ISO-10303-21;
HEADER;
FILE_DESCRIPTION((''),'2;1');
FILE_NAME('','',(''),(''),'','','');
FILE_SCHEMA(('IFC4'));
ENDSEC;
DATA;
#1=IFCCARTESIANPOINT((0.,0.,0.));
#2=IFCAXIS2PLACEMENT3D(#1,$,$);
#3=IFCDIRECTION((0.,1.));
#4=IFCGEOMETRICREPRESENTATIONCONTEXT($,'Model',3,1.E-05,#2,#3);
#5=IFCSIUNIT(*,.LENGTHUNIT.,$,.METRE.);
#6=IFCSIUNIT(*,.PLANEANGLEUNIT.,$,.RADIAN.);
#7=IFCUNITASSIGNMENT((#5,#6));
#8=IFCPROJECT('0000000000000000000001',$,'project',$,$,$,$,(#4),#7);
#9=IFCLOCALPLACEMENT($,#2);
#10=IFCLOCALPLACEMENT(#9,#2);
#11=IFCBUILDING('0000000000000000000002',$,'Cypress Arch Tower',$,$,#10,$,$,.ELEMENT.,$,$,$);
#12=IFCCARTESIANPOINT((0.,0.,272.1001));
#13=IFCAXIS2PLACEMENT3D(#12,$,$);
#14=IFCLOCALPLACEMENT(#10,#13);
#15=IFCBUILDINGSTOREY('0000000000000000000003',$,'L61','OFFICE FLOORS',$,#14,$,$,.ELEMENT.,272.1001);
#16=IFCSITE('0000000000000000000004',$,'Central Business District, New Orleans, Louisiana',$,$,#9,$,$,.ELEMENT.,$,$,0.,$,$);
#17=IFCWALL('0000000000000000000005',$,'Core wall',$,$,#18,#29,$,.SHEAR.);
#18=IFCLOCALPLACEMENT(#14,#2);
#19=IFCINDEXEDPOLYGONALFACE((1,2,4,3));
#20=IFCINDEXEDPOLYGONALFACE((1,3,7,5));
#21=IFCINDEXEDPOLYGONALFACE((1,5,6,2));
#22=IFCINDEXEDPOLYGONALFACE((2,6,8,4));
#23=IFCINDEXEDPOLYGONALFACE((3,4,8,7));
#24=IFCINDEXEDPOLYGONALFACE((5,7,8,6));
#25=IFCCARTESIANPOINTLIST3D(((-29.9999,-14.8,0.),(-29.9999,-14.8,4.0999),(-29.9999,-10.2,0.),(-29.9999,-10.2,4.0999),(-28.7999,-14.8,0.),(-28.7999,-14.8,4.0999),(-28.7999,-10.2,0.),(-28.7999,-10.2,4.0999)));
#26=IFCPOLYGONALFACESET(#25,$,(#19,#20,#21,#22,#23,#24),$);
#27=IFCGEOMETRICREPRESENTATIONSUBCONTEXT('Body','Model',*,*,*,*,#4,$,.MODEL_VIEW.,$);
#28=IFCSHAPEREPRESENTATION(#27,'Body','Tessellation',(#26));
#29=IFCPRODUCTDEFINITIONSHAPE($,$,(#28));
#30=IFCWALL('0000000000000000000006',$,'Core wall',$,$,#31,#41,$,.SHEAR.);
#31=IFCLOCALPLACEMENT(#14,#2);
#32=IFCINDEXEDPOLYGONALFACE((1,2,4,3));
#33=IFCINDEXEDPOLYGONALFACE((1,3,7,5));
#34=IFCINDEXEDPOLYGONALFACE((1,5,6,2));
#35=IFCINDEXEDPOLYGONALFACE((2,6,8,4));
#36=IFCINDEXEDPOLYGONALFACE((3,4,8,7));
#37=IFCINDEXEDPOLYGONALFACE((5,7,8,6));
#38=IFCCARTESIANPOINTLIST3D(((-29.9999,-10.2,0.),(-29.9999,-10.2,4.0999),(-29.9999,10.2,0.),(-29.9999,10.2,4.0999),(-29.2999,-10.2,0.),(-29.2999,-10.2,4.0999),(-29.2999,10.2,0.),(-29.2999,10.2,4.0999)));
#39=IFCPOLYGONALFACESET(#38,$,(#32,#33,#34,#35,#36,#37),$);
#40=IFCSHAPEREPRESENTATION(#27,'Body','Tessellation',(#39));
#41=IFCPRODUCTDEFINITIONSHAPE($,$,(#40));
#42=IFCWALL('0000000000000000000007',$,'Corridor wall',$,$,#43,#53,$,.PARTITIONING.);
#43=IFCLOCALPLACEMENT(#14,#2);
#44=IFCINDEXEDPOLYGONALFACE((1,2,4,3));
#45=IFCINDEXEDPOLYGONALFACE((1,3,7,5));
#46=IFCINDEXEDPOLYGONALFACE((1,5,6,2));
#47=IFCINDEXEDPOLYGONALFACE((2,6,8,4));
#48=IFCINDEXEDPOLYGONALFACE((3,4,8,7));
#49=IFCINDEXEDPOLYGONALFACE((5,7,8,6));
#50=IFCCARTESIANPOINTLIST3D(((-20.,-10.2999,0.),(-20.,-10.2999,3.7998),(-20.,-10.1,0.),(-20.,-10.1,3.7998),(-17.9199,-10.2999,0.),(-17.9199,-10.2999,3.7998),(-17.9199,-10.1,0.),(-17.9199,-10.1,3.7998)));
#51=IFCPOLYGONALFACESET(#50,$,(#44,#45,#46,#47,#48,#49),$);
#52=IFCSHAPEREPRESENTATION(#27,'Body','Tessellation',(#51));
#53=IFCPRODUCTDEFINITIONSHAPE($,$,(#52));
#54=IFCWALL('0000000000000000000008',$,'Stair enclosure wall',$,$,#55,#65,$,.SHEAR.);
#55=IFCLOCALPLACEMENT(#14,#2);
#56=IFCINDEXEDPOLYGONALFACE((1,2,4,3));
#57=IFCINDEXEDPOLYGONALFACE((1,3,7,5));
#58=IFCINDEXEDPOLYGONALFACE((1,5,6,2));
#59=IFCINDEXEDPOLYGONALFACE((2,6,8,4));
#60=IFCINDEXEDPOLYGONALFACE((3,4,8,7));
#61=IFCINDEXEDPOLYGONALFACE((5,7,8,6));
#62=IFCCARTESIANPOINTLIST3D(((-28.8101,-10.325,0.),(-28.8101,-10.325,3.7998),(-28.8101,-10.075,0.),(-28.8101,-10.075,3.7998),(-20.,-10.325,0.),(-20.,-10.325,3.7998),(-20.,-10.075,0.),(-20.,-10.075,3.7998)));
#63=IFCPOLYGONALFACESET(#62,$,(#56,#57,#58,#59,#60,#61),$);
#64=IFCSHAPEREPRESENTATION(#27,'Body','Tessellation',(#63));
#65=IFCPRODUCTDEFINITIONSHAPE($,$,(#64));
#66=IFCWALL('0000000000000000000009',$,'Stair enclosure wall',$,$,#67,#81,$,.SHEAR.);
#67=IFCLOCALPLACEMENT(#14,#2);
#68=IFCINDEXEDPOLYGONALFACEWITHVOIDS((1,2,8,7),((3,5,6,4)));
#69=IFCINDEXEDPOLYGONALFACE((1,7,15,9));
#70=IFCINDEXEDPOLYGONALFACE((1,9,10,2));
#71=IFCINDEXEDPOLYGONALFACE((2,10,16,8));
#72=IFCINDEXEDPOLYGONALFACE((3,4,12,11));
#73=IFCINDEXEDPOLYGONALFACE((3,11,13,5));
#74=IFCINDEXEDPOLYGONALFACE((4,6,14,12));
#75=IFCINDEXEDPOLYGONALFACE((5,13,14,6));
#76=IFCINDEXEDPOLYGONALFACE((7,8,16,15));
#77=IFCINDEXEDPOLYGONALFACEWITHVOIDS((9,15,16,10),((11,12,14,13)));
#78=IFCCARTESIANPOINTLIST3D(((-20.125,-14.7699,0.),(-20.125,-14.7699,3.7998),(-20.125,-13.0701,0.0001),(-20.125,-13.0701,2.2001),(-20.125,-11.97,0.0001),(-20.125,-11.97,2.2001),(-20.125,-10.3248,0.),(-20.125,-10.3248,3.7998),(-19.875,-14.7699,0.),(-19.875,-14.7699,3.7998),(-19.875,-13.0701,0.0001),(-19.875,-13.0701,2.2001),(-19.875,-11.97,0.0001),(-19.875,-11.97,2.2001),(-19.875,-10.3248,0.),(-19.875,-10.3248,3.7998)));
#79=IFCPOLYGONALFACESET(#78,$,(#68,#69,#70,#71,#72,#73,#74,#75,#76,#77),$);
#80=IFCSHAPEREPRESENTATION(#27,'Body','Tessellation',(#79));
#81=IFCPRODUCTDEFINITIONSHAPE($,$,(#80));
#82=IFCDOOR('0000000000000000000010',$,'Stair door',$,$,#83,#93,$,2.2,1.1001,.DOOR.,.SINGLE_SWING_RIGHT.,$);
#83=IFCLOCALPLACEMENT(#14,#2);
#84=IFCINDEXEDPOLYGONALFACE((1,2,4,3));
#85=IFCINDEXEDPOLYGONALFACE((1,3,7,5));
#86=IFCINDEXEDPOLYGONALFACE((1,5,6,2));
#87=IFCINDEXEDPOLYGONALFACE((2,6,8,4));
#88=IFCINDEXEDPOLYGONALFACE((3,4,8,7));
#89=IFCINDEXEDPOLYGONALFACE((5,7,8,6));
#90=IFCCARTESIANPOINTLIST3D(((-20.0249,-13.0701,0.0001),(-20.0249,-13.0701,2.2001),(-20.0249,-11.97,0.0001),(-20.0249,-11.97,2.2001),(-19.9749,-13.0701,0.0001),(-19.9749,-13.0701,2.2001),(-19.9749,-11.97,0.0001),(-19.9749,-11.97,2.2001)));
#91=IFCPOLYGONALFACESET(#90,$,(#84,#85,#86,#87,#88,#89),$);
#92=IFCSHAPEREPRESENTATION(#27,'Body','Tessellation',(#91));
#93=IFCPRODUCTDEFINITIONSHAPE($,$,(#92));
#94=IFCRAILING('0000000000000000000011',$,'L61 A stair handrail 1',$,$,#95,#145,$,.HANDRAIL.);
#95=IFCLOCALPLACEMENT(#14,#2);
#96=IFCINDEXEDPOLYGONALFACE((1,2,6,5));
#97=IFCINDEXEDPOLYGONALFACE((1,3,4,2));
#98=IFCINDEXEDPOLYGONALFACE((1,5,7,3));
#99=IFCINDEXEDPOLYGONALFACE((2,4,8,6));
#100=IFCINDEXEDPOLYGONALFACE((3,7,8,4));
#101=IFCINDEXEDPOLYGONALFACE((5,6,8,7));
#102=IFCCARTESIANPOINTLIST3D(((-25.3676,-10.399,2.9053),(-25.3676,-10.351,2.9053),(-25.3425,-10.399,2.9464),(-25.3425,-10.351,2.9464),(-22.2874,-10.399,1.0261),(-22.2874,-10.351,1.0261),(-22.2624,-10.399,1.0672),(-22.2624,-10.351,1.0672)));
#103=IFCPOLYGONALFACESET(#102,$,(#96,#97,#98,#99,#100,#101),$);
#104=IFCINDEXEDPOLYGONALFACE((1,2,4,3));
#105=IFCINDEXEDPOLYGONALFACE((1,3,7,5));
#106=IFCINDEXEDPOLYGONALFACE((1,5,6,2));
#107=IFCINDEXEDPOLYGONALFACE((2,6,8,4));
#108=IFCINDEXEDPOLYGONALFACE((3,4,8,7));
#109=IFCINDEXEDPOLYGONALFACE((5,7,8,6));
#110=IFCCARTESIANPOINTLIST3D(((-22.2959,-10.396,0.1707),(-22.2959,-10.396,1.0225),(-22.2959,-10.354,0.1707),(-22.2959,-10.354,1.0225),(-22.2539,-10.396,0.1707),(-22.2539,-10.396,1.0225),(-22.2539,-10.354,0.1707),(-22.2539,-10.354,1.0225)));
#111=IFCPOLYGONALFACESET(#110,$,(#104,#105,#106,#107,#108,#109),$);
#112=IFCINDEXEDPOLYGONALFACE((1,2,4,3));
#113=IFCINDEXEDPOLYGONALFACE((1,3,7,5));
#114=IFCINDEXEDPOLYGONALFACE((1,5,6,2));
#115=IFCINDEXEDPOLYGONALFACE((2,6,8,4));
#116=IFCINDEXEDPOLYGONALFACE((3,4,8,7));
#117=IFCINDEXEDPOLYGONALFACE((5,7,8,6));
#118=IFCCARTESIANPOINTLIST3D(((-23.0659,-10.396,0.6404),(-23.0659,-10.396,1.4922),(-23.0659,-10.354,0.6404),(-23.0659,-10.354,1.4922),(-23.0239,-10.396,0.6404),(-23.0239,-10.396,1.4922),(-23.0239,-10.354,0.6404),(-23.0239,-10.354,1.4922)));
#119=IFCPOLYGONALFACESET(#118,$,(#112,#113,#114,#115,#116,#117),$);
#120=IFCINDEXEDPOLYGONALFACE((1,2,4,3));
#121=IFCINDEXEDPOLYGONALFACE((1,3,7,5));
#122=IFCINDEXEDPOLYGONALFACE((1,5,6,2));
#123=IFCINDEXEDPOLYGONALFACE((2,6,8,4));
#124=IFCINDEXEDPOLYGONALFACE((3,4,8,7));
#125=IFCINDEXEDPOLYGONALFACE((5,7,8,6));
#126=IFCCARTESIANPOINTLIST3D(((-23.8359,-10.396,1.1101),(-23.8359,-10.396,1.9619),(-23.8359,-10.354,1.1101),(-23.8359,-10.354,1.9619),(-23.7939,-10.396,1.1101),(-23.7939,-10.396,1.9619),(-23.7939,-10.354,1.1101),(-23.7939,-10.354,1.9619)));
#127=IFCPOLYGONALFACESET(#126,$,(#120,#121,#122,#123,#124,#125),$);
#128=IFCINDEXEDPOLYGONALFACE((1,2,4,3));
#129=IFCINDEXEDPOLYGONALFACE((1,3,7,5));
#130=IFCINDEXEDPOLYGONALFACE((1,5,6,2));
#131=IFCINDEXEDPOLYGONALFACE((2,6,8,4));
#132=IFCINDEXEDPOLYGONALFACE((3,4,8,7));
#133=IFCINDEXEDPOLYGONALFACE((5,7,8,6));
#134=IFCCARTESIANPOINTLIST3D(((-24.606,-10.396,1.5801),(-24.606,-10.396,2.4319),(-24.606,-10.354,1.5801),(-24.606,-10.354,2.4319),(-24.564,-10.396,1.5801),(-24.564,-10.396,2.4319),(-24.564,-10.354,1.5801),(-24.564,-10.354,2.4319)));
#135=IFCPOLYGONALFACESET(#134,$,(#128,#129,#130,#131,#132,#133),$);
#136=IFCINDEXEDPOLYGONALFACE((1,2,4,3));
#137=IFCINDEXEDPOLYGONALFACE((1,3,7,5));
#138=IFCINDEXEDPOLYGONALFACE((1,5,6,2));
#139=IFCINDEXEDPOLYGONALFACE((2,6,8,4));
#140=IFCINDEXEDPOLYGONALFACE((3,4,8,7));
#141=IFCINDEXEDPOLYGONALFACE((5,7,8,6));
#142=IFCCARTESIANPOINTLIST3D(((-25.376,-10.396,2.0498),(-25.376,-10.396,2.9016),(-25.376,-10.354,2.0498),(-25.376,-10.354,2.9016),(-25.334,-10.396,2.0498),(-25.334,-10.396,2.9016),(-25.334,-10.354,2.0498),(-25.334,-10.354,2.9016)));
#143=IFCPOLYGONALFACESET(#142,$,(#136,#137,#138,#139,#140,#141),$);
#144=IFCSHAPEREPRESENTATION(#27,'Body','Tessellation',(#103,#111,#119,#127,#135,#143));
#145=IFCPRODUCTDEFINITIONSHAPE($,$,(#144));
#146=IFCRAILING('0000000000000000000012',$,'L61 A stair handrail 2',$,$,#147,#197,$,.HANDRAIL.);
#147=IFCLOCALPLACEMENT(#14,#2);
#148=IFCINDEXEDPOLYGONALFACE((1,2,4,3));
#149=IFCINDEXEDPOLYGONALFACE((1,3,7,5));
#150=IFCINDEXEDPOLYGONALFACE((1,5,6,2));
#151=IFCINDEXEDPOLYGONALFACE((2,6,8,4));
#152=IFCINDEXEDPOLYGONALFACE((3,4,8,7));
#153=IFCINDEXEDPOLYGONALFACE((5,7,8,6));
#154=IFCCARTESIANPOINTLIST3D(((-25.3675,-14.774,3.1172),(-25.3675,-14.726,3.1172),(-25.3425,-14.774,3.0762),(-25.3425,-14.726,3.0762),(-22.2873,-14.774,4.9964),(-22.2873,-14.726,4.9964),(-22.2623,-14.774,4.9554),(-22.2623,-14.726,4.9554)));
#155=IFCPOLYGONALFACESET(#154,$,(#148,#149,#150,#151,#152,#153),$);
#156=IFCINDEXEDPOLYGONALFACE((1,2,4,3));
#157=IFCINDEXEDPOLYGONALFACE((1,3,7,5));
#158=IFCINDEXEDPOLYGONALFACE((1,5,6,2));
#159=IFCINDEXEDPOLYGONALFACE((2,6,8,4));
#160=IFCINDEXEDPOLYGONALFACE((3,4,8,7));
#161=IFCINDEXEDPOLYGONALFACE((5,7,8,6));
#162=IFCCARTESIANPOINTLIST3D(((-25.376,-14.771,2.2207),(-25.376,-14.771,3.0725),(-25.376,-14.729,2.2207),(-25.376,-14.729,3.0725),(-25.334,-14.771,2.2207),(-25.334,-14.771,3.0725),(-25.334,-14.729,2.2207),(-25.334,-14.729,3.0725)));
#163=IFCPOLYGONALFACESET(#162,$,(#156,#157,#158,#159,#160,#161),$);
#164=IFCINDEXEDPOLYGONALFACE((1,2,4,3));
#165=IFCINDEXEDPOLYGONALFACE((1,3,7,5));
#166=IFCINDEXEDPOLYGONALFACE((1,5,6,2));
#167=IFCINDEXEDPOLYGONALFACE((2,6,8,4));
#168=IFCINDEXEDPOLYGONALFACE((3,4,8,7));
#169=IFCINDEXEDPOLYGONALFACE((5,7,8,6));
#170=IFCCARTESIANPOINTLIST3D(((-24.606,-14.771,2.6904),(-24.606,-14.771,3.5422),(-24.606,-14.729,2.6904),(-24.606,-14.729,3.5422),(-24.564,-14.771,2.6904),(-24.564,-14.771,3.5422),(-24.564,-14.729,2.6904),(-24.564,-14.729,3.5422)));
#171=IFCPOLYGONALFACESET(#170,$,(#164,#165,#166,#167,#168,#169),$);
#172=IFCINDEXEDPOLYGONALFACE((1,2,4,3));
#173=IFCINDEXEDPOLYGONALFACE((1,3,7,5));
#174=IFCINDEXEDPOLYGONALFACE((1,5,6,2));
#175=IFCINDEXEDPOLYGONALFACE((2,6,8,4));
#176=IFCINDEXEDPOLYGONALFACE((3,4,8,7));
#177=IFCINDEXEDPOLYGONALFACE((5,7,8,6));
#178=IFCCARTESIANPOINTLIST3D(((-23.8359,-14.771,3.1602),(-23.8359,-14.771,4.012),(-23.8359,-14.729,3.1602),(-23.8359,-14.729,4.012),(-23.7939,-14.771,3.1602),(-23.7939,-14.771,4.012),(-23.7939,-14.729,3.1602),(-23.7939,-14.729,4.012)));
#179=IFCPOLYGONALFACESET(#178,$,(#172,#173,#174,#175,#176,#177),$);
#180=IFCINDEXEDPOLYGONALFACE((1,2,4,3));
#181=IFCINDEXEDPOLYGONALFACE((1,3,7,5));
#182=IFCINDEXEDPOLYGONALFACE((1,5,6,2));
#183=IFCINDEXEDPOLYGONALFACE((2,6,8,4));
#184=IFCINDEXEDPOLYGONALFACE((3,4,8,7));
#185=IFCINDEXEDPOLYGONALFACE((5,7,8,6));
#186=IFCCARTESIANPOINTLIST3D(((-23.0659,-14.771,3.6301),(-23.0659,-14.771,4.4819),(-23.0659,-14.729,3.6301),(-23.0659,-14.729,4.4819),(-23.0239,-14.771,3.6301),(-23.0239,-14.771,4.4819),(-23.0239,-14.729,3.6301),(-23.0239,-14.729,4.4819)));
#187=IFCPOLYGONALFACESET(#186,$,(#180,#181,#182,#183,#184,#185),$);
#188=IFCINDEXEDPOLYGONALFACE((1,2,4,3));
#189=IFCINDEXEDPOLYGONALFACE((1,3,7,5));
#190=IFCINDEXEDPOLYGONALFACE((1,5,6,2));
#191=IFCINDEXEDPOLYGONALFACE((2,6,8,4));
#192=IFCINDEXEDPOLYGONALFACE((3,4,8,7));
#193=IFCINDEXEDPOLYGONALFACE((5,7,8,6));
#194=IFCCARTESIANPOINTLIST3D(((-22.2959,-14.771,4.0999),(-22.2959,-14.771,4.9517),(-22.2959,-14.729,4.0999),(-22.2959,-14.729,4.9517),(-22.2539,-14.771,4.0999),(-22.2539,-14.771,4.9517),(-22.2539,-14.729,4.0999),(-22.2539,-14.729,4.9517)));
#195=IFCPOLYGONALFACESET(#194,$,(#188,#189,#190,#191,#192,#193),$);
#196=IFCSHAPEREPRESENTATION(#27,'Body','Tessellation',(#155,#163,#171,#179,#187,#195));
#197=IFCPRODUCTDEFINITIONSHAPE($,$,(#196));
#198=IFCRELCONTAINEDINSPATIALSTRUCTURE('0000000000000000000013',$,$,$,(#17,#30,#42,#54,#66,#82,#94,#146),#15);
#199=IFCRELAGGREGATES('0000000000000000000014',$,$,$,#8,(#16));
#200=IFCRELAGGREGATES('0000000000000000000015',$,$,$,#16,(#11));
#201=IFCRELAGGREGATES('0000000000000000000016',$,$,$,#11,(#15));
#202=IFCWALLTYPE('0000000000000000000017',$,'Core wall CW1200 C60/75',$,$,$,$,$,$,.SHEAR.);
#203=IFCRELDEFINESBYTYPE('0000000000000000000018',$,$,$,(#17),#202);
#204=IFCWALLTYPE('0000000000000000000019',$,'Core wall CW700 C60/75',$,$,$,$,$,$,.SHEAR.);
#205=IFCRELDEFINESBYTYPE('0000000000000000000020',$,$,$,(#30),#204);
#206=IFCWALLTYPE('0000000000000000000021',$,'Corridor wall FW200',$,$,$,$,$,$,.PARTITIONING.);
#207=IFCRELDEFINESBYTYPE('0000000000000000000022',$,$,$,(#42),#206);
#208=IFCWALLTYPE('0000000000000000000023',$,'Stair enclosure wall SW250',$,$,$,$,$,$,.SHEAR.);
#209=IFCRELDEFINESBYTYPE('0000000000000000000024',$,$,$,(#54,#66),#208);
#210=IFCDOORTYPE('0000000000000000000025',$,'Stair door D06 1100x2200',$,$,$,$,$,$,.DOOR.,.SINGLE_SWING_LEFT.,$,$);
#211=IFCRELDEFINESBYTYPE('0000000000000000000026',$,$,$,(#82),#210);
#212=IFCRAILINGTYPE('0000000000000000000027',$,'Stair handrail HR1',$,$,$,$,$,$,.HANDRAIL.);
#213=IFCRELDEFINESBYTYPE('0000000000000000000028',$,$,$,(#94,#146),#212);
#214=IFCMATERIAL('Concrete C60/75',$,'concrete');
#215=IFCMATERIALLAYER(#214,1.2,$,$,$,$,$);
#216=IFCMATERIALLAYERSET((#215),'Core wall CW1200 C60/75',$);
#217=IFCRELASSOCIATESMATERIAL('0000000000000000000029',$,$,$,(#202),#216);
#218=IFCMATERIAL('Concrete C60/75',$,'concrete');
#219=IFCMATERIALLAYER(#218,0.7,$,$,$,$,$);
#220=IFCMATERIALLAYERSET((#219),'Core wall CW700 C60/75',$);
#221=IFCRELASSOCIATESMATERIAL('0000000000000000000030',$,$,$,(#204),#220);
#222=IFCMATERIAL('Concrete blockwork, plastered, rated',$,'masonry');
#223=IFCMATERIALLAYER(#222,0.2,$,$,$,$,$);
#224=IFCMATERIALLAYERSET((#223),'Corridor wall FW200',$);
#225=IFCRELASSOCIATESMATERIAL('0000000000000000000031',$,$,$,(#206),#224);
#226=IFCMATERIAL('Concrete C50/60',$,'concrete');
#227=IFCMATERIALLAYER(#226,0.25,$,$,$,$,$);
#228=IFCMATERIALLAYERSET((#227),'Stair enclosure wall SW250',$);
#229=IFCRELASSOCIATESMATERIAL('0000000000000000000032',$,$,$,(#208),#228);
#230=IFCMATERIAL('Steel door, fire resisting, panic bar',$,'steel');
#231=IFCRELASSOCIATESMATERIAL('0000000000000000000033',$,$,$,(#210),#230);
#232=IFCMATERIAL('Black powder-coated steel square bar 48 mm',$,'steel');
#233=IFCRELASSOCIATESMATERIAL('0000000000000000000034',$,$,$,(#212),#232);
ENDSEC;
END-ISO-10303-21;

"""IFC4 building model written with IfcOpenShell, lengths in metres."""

from ifc_helpers import new_model, si_unit, direction, frame, frame_2d, origin, origin_2d, place, context, subcontext, project, spatial, rectangle, extrude, material, layer, layer_set, type_object, element, fill, save


model = new_model("IFC4")

# Units and contexts
model_context = context("Model", 3, precision=1e-05, world=origin(), true_north=direction((0.0, 1.0)))
body_context = subcontext(model_context, "Body", "Model", "MODEL_VIEW")
ifc_project = project(units=[si_unit("LENGTHUNIT", "METRE"), si_unit("PLANEANGLEUNIT", "RADIAN")], contexts=[model_context])

# Site, building, storey
site_placement = place(None, origin())
site = spatial("IfcSite", under=ifc_project, at=site_placement, Name="Central Business District, New Orleans, Louisiana", CompositionType="ELEMENT", RefElevation=0.0)
building_placement = place(site_placement, origin())
building = spatial("IfcBuilding", under=site, at=building_placement, Name="Cypress Arch Tower", CompositionType="ELEMENT")
storey_placement = place(building_placement, frame((0.0, 0.0, 272.1001)))
storey = spatial("IfcBuildingStorey", under=building, at=storey_placement, Name="L61", Description="OFFICE FLOORS", CompositionType="ELEMENT", Elevation=272.1001)

# Walls
ifc_material_1 = material(Name="Concrete C60/75", Category="concrete")
ifc_layer_1 = layer(ifc_material_1, 1.2)
ifc_layer_set_1 = layer_set([ifc_layer_1], Name="Core wall CW1200 C60/75")
wall_type_1 = type_object("IfcWallType", Name="Core wall CW1200 C60/75", PredefinedType="SHEAR", material=ifc_layer_set_1)
wall_1_placement = place(storey_placement, frame((-29.3999, -14.8, 0.0), z_axis=(0.0, 0.0, 1.0), x_axis=(0.0, 1.0, 0.0)))
element("IfcWall", 1, at=wall_1_placement, inside=storey, type_object=wall_type_1, Name="Core wall", PredefinedType="SHEAR", context=body_context, shape_type="SweptSolid", body=[
    extrude(rectangle(XDim=4.6001, YDim=1.2, at=frame_2d((2.3, 0.0))), origin(), (0.0, 0.0, 1.0), 4.0999),
])
ifc_material_2 = material(Name="Concrete C60/75", Category="concrete")
ifc_layer_2 = layer(ifc_material_2, 0.7)
ifc_layer_set_2 = layer_set([ifc_layer_2], Name="Core wall CW700 C60/75")
wall_type_2 = type_object("IfcWallType", Name="Core wall CW700 C60/75", PredefinedType="SHEAR", material=ifc_layer_set_2)
wall_2_placement = place(storey_placement, frame((-29.6499, -10.2, 0.0), z_axis=(0.0, 0.0, 1.0), x_axis=(0.0, 1.0, 0.0)))
element("IfcWall", 2, at=wall_2_placement, inside=storey, type_object=wall_type_2, Name="Core wall", PredefinedType="SHEAR", context=body_context, shape_type="SweptSolid", body=[
    extrude(rectangle(XDim=20.3999, YDim=0.7, at=frame_2d((10.2, 0.0))), origin(), (0.0, 0.0, 1.0), 4.0999),
])
ifc_material_3 = material(Name="Concrete blockwork, plastered, rated", Category="masonry")
ifc_layer_3 = layer(ifc_material_3, 0.2)
ifc_layer_set_3 = layer_set([ifc_layer_3], Name="Corridor wall FW200")
wall_type_3 = type_object("IfcWallType", Name="Corridor wall FW200", PredefinedType="PARTITIONING", material=ifc_layer_set_3)
wall_3_placement = place(storey_placement, frame((-20.0, -10.2, 0.0), z_axis=(0.0, 0.0, 1.0), x_axis=(1.0, 0.0, 0.0)))
element("IfcWall", 3, at=wall_3_placement, inside=storey, type_object=wall_type_3, Name="Corridor wall", PredefinedType="PARTITIONING", context=body_context, shape_type="SweptSolid", body=[
    extrude(rectangle(XDim=2.0801, YDim=0.2, at=frame_2d((1.04, 0.0))), origin(), (0.0, 0.0, 1.0), 3.7998),
])
ifc_material_4 = material(Name="Concrete C50/60", Category="concrete")
ifc_layer_4 = layer(ifc_material_4, 0.25)
ifc_layer_set_4 = layer_set([ifc_layer_4], Name="Stair enclosure wall SW250")
wall_type_4 = type_object("IfcWallType", Name="Stair enclosure wall SW250", PredefinedType="SHEAR", material=ifc_layer_set_4)
wall_4_placement = place(storey_placement, frame((-28.8101, -10.2, 0.0), z_axis=(0.0, 0.0, 1.0), x_axis=(1.0, 0.0, 0.0)))
element("IfcWall", 4, at=wall_4_placement, inside=storey, type_object=wall_type_4, Name="Stair enclosure wall", PredefinedType="SHEAR", context=body_context, shape_type="SweptSolid", body=[
    extrude(rectangle(XDim=8.8101, YDim=0.25, at=frame_2d((4.405, 0.0))), origin(), (0.0, 0.0, 1.0), 3.7998),
])

# Wall, opening, door
wall_5_placement = place(storey_placement, frame((-20.0, -14.77, 0.0), z_axis=(0.0, 0.0, 1.0), x_axis=(0.0, 1.0, 0.0)))
wall_5 = element("IfcWall", 5, at=wall_5_placement, inside=storey, type_object=wall_type_4, Name="Stair enclosure wall", PredefinedType="SHEAR", context=body_context, shape_type="SweptSolid", body=[
    extrude(rectangle(XDim=4.4451, YDim=0.25, at=frame_2d((2.2227, 0.0))), origin(), (0.0, 0.0, 1.0), 3.7998),
])
opening_1_placement = place(wall_5_placement, frame((1.7, 0.0, 0.0)))
opening_1 = element("IfcOpeningElement", 6, at=opening_1_placement, cuts=wall_5, PredefinedType="OPENING", context=body_context, shape_type="SweptSolid", body=[
    extrude(rectangle(XDim=1.1001, YDim=2.2, at=frame_2d((0.55, 1.1001))), frame((0.0, 0.135, 0.0), z_axis=(0.0, -1.0, 0.0), x_axis=(1.0, 0.0, 0.0)), (0.0, 0.0, 1.0), 0.27),
])
ifc_material_5 = material(Name="Steel door, fire resisting, panic bar", Category="steel")
door_type = type_object("IfcDoorType", Name="Stair door D06 1100x2200", OperationType="SINGLE_SWING_LEFT", PredefinedType="DOOR", material=ifc_material_5)
door_placement = place(opening_1_placement, origin())
door = element("IfcDoor", 7, at=door_placement, inside=storey, type_object=door_type, Name="Stair door", OperationType="SINGLE_SWING_RIGHT", OverallHeight=2.2, OverallWidth=1.1001, PredefinedType="DOOR", context=body_context, shape_type="SweptSolid", body=[
    extrude(rectangle(XDim=1.1001, YDim=2.2, at=frame_2d((0.55, 1.1001))), frame((0.0, 0.0249, 0.0), z_axis=(0.0, -1.0, 0.0), x_axis=(1.0, 0.0, 0.0)), (0.0, 0.0, 1.0), 0.05),
])
fill(opening_1, door)

# Railings
ifc_material_6 = material(Name="Black powder-coated steel square bar 48 mm", Category="steel")
railing_type_1 = type_object("IfcRailingType", Name="Stair handrail HR1", PredefinedType="HANDRAIL", material=ifc_material_6)
railing_1_placement = place(storey_placement, frame((-22.2749, -10.375, 0.1707)))
element("IfcRailing", 8, at=railing_1_placement, inside=storey, type_object=railing_type_1, Name="L61 A stair handrail 1", PredefinedType="HANDRAIL", context=body_context, shape_type="SweptSolid", body=[
    extrude(rectangle(XDim=0.0481, YDim=0.0481, at=origin_2d()), frame((0.0, 0.0, 0.876), z_axis=(-0.853666, 0.0, 0.52082), x_axis=(0.0, -1.0, 0.0)), (0.0, 0.0, 1.0), 3.6082),
    extrude(rectangle(XDim=0.042, YDim=0.042, at=origin_2d()), origin(), (0.0, 0.0, 1.0), 0.8518),
    extrude(rectangle(XDim=0.042, YDim=0.042, at=origin_2d()), frame((-0.77, 0.0, 0.4697)), (0.0, 0.0, 1.0), 0.8518),
    extrude(rectangle(XDim=0.042, YDim=0.042, at=origin_2d()), frame((-1.54, 0.0, 0.9395)), (0.0, 0.0, 1.0), 0.8518),
    extrude(rectangle(XDim=0.042, YDim=0.042, at=origin_2d()), frame((-2.3101, 0.0, 1.4094)), (0.0, 0.0, 1.0), 0.8518),
    extrude(rectangle(XDim=0.042, YDim=0.042, at=origin_2d()), frame((-3.0801, 0.0, 1.8792)), (0.0, 0.0, 1.0), 0.8518),
])
railing_2_placement = place(storey_placement, frame((-25.355, -14.75, 2.2207)))
element("IfcRailing", 9, at=railing_2_placement, inside=storey, type_object=railing_type_1, Name="L61 A stair handrail 2", PredefinedType="HANDRAIL", context=body_context, shape_type="SweptSolid", body=[
    extrude(rectangle(XDim=0.0481, YDim=0.0481, at=origin_2d()), frame((0.0, 0.0, 0.876), z_axis=(0.853666, 0.0, 0.52082), x_axis=(0.0, 1.0, 0.0)), (0.0, 0.0, 1.0), 3.6082),
    extrude(rectangle(XDim=0.042, YDim=0.042, at=origin_2d()), origin(), (0.0, 0.0, 1.0), 0.8518),
    extrude(rectangle(XDim=0.042, YDim=0.042, at=origin_2d()), frame((0.77, 0.0, 0.4697)), (0.0, 0.0, 1.0), 0.8518),
    extrude(rectangle(XDim=0.042, YDim=0.042, at=origin_2d()), frame((1.54, 0.0, 0.9395)), (0.0, 0.0, 1.0), 0.8518),
    extrude(rectangle(XDim=0.042, YDim=0.042, at=origin_2d()), frame((2.3101, 0.0, 1.4094)), (0.0, 0.0, 1.0), 0.8518),
    extrude(rectangle(XDim=0.042, YDim=0.042, at=origin_2d()), frame((3.0801, 0.0, 1.8792)), (0.0, 0.0, 1.0), 0.8518),
])

save(model, "model.ifc")
